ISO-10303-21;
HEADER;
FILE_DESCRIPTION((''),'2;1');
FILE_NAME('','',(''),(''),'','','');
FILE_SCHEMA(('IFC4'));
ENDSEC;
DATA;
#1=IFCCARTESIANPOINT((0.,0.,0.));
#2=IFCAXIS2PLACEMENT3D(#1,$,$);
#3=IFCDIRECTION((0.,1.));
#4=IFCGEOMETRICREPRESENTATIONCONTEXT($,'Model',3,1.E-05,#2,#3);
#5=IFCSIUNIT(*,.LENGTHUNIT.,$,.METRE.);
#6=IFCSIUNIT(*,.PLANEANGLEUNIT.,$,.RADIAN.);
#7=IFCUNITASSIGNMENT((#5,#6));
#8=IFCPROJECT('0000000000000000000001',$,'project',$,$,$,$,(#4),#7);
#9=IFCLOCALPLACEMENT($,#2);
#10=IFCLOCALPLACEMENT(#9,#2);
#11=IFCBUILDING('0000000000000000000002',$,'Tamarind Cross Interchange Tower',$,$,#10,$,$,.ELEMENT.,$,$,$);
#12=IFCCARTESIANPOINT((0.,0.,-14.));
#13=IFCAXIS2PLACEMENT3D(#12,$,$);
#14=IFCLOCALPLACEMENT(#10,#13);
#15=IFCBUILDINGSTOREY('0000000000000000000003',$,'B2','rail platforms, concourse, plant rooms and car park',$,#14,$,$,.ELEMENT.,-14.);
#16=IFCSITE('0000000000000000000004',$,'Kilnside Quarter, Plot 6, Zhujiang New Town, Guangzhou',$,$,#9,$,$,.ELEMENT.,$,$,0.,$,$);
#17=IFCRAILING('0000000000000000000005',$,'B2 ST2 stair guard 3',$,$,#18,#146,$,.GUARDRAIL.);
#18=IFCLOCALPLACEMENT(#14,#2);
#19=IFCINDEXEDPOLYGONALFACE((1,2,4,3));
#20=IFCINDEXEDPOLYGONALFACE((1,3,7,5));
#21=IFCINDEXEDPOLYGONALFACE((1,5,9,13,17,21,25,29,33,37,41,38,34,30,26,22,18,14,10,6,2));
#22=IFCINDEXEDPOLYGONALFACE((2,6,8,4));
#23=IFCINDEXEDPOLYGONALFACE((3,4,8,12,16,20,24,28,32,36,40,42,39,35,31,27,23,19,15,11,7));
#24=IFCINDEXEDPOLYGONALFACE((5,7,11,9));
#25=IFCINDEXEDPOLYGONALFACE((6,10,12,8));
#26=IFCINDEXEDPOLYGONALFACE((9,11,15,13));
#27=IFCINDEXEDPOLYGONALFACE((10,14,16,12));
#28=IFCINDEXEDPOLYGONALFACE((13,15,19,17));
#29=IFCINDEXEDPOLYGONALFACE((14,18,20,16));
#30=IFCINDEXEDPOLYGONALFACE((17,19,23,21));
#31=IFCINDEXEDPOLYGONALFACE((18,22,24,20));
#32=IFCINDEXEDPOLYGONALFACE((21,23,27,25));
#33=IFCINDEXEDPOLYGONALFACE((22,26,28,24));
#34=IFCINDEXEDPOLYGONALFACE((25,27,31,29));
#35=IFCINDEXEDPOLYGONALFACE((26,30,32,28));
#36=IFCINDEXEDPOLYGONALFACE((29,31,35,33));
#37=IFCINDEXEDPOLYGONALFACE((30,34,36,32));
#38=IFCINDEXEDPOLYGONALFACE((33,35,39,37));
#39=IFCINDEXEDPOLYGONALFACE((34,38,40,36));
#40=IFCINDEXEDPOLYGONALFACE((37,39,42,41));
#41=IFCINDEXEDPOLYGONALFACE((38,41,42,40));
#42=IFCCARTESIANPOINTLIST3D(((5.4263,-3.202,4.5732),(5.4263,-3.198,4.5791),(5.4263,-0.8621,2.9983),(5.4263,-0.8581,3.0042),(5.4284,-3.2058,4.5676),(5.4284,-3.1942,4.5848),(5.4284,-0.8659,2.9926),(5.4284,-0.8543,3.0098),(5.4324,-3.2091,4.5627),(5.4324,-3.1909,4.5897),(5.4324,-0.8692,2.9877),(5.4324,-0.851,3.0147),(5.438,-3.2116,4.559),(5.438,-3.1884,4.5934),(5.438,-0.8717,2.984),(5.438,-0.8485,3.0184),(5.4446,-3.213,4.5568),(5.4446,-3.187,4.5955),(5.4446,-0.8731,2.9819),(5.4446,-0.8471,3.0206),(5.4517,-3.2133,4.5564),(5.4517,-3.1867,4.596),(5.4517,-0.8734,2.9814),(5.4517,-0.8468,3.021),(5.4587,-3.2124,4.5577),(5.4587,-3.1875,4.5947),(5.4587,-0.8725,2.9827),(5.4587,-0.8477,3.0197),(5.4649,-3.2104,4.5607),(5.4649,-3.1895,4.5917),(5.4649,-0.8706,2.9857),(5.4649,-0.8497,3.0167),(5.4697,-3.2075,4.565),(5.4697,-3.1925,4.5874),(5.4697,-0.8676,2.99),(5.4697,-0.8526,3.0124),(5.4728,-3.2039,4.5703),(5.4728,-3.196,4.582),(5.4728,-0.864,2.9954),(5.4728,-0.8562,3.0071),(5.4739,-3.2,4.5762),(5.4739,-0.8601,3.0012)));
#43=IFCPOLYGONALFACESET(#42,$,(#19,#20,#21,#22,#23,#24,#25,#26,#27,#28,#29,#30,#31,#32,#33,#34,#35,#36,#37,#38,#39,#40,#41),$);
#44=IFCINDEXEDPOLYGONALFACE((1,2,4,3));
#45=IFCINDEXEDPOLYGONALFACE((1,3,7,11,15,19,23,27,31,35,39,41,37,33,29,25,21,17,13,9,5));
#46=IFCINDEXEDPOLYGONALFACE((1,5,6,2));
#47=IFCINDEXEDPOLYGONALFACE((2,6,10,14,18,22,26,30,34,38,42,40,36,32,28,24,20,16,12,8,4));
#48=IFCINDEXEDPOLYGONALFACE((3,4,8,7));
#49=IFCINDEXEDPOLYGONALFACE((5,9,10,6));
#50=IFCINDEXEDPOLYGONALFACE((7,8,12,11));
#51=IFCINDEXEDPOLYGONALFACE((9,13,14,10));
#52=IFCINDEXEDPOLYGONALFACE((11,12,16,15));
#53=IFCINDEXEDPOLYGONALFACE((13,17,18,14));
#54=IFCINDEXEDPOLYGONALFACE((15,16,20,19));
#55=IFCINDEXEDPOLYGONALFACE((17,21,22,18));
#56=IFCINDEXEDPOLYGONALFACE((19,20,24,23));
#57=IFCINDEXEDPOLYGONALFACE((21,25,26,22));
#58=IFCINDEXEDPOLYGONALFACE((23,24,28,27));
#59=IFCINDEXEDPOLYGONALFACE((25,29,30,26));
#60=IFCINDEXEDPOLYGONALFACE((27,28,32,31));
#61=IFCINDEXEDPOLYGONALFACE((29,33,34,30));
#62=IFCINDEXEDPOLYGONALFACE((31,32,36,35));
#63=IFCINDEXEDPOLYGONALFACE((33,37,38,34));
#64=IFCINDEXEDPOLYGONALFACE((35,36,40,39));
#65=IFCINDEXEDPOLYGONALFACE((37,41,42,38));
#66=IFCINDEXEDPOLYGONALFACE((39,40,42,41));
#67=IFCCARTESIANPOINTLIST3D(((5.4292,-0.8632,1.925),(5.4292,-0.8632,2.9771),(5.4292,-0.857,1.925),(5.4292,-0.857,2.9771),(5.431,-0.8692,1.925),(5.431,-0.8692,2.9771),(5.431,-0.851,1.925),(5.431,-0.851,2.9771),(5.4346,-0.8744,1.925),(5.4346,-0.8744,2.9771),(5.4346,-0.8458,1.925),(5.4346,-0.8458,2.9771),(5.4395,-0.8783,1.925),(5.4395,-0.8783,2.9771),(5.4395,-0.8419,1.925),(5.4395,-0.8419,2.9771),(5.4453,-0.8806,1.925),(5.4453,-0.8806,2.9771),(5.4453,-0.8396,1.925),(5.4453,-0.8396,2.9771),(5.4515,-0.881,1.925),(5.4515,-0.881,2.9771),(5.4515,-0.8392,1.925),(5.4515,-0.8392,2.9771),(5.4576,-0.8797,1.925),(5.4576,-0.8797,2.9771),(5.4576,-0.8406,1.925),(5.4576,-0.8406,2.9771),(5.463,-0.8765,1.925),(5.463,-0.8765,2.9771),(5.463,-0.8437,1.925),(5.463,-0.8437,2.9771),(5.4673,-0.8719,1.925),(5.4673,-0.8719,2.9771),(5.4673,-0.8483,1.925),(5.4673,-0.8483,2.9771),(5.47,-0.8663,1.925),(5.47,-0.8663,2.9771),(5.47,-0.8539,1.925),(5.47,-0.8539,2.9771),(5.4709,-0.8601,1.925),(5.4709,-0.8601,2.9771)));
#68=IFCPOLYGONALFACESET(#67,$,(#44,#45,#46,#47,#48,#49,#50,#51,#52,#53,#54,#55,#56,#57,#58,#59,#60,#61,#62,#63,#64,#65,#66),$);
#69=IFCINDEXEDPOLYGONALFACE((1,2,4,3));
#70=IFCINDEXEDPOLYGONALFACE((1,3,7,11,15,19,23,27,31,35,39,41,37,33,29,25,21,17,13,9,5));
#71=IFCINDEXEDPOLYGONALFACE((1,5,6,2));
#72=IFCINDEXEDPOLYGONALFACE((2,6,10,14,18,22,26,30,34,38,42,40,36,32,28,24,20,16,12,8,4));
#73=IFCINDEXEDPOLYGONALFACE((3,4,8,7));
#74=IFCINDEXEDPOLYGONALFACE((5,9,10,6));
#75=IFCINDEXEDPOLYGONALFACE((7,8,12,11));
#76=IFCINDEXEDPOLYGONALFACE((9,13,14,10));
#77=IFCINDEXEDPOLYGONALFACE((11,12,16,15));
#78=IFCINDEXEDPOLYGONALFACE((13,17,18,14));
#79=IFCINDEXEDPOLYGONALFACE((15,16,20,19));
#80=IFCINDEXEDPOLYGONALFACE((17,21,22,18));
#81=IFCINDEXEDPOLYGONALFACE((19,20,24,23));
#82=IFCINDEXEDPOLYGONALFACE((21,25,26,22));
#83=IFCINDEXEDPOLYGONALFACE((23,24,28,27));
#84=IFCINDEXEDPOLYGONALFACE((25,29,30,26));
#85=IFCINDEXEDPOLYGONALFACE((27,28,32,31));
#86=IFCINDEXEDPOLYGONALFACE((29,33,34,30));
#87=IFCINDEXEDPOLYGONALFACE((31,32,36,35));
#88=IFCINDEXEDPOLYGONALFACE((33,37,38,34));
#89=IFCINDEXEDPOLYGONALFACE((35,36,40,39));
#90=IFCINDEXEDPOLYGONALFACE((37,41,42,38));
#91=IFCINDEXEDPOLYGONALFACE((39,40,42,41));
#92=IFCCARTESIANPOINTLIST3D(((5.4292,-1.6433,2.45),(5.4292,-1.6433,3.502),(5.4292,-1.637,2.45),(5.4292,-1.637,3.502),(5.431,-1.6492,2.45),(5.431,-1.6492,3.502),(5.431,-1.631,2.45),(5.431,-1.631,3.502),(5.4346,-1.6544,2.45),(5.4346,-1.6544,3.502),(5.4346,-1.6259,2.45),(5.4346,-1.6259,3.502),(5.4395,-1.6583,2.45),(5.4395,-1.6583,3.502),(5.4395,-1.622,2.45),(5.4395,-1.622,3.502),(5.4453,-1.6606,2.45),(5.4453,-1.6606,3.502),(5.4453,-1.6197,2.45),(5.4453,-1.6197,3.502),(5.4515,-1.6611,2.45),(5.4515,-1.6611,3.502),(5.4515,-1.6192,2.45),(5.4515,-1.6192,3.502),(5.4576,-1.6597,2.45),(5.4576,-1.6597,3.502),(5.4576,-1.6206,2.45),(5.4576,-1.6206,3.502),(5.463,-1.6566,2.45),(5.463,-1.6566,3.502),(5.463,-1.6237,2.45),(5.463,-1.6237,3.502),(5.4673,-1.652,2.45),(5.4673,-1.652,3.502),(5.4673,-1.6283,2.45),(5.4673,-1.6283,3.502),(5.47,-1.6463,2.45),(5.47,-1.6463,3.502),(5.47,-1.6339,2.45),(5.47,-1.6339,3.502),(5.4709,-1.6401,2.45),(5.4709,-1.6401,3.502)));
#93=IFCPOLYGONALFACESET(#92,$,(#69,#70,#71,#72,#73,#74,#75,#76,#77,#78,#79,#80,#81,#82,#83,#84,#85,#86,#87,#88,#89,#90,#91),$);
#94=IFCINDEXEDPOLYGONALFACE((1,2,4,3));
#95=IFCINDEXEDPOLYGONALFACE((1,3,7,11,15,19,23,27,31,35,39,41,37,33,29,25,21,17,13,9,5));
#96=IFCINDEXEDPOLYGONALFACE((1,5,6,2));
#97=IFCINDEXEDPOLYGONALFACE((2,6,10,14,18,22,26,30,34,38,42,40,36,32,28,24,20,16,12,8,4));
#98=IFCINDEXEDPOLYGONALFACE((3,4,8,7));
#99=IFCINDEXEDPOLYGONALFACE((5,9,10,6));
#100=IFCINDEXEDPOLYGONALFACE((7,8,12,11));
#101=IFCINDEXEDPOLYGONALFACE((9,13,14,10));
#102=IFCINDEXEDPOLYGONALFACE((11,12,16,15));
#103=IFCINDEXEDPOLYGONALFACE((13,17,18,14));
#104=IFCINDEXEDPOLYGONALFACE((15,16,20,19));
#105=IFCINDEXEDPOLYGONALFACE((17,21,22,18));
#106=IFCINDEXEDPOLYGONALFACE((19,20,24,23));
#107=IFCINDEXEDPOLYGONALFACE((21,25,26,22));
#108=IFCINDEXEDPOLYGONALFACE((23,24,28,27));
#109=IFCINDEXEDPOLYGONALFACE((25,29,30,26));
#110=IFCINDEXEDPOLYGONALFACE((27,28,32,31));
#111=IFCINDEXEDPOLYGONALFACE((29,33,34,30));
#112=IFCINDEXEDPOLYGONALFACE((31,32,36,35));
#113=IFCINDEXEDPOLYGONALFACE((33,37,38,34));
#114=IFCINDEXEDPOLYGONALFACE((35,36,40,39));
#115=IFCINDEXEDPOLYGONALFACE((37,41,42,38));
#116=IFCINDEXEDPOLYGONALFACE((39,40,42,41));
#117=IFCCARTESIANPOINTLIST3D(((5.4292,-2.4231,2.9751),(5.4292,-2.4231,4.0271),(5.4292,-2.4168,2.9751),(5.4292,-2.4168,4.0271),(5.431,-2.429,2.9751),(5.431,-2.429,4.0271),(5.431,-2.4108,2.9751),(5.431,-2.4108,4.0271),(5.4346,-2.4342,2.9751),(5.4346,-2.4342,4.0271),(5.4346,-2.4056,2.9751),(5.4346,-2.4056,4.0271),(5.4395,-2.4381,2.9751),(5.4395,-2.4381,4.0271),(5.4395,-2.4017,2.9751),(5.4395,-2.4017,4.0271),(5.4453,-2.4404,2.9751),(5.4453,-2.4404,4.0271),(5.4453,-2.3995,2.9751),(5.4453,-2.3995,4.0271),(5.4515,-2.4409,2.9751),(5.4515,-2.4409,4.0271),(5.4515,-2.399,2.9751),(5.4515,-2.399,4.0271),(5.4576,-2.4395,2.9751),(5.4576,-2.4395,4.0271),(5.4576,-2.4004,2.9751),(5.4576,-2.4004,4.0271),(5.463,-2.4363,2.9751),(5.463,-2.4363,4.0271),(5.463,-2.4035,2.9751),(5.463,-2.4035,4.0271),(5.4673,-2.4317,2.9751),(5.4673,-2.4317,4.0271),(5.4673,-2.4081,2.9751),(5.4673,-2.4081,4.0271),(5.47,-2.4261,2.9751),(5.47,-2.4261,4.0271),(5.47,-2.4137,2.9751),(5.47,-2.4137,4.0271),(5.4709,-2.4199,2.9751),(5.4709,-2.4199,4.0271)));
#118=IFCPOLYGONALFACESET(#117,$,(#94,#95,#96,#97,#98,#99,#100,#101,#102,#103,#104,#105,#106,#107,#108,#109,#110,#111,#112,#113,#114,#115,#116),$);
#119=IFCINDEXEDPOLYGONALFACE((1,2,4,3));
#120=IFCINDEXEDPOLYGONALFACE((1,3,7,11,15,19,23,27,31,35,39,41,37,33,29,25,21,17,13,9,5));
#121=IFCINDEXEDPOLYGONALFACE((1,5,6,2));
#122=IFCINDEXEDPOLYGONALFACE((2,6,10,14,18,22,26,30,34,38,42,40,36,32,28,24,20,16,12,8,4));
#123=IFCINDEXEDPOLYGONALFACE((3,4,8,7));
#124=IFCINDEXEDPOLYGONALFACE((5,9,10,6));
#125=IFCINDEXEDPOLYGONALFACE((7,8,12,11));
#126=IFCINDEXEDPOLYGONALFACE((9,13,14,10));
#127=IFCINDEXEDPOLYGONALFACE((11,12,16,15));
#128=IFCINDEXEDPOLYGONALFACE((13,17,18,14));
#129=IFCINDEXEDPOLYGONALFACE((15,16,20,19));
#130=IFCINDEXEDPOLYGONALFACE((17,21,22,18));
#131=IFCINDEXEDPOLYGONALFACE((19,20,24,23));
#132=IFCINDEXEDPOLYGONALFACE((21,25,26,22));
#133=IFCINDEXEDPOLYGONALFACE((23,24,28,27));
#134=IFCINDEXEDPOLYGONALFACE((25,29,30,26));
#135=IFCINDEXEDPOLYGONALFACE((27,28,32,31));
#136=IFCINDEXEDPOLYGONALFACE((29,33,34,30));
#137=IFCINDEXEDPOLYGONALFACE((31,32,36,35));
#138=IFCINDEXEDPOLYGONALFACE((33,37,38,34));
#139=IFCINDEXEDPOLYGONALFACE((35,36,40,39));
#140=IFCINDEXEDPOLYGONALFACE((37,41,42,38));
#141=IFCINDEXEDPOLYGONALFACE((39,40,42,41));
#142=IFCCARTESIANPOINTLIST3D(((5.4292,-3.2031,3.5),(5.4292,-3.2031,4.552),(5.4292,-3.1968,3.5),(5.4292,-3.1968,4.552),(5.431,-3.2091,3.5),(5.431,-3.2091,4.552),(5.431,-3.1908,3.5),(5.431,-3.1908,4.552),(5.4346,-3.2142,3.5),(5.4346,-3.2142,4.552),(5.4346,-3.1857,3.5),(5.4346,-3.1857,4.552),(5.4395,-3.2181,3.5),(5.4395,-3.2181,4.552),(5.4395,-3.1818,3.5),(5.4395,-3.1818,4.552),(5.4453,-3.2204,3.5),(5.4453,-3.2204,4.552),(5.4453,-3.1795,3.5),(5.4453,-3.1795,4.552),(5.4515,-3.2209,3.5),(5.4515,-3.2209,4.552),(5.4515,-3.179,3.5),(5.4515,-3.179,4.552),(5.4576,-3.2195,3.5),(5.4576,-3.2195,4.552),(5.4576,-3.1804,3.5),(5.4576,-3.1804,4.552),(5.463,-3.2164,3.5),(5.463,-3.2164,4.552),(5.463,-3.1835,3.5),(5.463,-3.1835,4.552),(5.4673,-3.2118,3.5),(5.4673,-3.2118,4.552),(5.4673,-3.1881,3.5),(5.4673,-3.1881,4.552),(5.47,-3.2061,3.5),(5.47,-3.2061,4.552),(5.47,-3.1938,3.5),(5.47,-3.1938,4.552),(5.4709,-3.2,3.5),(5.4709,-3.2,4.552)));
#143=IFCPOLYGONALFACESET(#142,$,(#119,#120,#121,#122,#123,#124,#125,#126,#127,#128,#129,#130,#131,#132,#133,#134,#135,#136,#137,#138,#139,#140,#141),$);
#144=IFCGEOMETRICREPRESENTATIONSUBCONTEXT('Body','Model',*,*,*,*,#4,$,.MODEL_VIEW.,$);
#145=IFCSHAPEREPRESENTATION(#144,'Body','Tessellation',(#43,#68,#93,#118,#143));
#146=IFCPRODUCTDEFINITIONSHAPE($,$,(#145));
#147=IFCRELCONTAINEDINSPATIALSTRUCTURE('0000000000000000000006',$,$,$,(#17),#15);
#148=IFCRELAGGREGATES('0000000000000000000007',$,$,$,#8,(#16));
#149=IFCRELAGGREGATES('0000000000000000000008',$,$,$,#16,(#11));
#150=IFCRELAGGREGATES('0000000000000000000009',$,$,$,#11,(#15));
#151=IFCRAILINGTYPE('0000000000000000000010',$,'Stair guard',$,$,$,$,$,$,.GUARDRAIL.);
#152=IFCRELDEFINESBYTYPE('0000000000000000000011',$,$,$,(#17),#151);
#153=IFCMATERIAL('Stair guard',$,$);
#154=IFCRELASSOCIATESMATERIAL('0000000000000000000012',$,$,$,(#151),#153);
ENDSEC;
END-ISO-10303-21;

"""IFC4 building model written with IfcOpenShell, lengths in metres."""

from ifc_helpers import new_model, si_unit, direction, frame, origin, origin_2d, place, context, subcontext, project, spatial, circle, extrude, material, type_object, element, save


model = new_model("IFC4")

# Units and contexts
model_context = context("Model", 3, precision=1e-05, world=origin(), true_north=direction((0.0, 1.0)))
body_context = subcontext(model_context, "Body", "Model", "MODEL_VIEW")
ifc_project = project(units=[si_unit("LENGTHUNIT", "METRE"), si_unit("PLANEANGLEUNIT", "RADIAN")], contexts=[model_context])

# Site, building, storey
site_placement = place(None, origin())
site = spatial("IfcSite", under=ifc_project, at=site_placement, Name="Kilnside Quarter, Plot 6, Zhujiang New Town, Guangzhou", CompositionType="ELEMENT", RefElevation=0.0)
building_placement = place(site_placement, origin())
building = spatial("IfcBuilding", under=site, at=building_placement, Name="Tamarind Cross Interchange Tower", CompositionType="ELEMENT")
storey_placement = place(building_placement, frame((0.0, 0.0, -14.0)))
storey = spatial("IfcBuildingStorey", under=building, at=storey_placement, Name="B2", Description="rail platforms, concourse, plant rooms and car park", CompositionType="ELEMENT", Elevation=-14.0)

# Railing
ifc_material_1 = material(Name="Stair guard")
railing_type_1 = type_object("IfcRailingType", Name="Stair guard", PredefinedType="GUARDRAIL", material=ifc_material_1)
railing_1_placement = place(storey_placement, frame((5.45, -0.8601, 1.925)))
element("IfcRailing", 1, at=railing_1_placement, inside=storey, type_object=railing_type_1, Name="B2 ST2 stair guard 3", PredefinedType="GUARDRAIL", context=body_context, shape_type="SweptSolid", body=[
    extrude(circle(Radius=0.0239, at=origin_2d()), frame((0.0, 0.0, 1.0762), z_axis=(0.0, -0.829578, 0.55839), x_axis=(1.0, 0.0, 0.0)), (0.0, 0.0, 1.0), 2.8206),
    extrude(circle(Radius=0.021, at=origin_2d()), origin(), (0.0, 0.0, 1.0), 1.052),
    extrude(circle(Radius=0.021, at=origin_2d()), frame((0.0, -0.78, 0.5249)), (0.0, 0.0, 1.0), 1.052),
    extrude(circle(Radius=0.021, at=origin_2d()), frame((0.0, -1.5598, 1.05)), (0.0, 0.0, 1.0), 1.052),
    extrude(circle(Radius=0.021, at=origin_2d()), frame((0.0, -2.3398, 1.575)), (0.0, 0.0, 1.0), 1.052),
])

save(model, "model.ifc")
